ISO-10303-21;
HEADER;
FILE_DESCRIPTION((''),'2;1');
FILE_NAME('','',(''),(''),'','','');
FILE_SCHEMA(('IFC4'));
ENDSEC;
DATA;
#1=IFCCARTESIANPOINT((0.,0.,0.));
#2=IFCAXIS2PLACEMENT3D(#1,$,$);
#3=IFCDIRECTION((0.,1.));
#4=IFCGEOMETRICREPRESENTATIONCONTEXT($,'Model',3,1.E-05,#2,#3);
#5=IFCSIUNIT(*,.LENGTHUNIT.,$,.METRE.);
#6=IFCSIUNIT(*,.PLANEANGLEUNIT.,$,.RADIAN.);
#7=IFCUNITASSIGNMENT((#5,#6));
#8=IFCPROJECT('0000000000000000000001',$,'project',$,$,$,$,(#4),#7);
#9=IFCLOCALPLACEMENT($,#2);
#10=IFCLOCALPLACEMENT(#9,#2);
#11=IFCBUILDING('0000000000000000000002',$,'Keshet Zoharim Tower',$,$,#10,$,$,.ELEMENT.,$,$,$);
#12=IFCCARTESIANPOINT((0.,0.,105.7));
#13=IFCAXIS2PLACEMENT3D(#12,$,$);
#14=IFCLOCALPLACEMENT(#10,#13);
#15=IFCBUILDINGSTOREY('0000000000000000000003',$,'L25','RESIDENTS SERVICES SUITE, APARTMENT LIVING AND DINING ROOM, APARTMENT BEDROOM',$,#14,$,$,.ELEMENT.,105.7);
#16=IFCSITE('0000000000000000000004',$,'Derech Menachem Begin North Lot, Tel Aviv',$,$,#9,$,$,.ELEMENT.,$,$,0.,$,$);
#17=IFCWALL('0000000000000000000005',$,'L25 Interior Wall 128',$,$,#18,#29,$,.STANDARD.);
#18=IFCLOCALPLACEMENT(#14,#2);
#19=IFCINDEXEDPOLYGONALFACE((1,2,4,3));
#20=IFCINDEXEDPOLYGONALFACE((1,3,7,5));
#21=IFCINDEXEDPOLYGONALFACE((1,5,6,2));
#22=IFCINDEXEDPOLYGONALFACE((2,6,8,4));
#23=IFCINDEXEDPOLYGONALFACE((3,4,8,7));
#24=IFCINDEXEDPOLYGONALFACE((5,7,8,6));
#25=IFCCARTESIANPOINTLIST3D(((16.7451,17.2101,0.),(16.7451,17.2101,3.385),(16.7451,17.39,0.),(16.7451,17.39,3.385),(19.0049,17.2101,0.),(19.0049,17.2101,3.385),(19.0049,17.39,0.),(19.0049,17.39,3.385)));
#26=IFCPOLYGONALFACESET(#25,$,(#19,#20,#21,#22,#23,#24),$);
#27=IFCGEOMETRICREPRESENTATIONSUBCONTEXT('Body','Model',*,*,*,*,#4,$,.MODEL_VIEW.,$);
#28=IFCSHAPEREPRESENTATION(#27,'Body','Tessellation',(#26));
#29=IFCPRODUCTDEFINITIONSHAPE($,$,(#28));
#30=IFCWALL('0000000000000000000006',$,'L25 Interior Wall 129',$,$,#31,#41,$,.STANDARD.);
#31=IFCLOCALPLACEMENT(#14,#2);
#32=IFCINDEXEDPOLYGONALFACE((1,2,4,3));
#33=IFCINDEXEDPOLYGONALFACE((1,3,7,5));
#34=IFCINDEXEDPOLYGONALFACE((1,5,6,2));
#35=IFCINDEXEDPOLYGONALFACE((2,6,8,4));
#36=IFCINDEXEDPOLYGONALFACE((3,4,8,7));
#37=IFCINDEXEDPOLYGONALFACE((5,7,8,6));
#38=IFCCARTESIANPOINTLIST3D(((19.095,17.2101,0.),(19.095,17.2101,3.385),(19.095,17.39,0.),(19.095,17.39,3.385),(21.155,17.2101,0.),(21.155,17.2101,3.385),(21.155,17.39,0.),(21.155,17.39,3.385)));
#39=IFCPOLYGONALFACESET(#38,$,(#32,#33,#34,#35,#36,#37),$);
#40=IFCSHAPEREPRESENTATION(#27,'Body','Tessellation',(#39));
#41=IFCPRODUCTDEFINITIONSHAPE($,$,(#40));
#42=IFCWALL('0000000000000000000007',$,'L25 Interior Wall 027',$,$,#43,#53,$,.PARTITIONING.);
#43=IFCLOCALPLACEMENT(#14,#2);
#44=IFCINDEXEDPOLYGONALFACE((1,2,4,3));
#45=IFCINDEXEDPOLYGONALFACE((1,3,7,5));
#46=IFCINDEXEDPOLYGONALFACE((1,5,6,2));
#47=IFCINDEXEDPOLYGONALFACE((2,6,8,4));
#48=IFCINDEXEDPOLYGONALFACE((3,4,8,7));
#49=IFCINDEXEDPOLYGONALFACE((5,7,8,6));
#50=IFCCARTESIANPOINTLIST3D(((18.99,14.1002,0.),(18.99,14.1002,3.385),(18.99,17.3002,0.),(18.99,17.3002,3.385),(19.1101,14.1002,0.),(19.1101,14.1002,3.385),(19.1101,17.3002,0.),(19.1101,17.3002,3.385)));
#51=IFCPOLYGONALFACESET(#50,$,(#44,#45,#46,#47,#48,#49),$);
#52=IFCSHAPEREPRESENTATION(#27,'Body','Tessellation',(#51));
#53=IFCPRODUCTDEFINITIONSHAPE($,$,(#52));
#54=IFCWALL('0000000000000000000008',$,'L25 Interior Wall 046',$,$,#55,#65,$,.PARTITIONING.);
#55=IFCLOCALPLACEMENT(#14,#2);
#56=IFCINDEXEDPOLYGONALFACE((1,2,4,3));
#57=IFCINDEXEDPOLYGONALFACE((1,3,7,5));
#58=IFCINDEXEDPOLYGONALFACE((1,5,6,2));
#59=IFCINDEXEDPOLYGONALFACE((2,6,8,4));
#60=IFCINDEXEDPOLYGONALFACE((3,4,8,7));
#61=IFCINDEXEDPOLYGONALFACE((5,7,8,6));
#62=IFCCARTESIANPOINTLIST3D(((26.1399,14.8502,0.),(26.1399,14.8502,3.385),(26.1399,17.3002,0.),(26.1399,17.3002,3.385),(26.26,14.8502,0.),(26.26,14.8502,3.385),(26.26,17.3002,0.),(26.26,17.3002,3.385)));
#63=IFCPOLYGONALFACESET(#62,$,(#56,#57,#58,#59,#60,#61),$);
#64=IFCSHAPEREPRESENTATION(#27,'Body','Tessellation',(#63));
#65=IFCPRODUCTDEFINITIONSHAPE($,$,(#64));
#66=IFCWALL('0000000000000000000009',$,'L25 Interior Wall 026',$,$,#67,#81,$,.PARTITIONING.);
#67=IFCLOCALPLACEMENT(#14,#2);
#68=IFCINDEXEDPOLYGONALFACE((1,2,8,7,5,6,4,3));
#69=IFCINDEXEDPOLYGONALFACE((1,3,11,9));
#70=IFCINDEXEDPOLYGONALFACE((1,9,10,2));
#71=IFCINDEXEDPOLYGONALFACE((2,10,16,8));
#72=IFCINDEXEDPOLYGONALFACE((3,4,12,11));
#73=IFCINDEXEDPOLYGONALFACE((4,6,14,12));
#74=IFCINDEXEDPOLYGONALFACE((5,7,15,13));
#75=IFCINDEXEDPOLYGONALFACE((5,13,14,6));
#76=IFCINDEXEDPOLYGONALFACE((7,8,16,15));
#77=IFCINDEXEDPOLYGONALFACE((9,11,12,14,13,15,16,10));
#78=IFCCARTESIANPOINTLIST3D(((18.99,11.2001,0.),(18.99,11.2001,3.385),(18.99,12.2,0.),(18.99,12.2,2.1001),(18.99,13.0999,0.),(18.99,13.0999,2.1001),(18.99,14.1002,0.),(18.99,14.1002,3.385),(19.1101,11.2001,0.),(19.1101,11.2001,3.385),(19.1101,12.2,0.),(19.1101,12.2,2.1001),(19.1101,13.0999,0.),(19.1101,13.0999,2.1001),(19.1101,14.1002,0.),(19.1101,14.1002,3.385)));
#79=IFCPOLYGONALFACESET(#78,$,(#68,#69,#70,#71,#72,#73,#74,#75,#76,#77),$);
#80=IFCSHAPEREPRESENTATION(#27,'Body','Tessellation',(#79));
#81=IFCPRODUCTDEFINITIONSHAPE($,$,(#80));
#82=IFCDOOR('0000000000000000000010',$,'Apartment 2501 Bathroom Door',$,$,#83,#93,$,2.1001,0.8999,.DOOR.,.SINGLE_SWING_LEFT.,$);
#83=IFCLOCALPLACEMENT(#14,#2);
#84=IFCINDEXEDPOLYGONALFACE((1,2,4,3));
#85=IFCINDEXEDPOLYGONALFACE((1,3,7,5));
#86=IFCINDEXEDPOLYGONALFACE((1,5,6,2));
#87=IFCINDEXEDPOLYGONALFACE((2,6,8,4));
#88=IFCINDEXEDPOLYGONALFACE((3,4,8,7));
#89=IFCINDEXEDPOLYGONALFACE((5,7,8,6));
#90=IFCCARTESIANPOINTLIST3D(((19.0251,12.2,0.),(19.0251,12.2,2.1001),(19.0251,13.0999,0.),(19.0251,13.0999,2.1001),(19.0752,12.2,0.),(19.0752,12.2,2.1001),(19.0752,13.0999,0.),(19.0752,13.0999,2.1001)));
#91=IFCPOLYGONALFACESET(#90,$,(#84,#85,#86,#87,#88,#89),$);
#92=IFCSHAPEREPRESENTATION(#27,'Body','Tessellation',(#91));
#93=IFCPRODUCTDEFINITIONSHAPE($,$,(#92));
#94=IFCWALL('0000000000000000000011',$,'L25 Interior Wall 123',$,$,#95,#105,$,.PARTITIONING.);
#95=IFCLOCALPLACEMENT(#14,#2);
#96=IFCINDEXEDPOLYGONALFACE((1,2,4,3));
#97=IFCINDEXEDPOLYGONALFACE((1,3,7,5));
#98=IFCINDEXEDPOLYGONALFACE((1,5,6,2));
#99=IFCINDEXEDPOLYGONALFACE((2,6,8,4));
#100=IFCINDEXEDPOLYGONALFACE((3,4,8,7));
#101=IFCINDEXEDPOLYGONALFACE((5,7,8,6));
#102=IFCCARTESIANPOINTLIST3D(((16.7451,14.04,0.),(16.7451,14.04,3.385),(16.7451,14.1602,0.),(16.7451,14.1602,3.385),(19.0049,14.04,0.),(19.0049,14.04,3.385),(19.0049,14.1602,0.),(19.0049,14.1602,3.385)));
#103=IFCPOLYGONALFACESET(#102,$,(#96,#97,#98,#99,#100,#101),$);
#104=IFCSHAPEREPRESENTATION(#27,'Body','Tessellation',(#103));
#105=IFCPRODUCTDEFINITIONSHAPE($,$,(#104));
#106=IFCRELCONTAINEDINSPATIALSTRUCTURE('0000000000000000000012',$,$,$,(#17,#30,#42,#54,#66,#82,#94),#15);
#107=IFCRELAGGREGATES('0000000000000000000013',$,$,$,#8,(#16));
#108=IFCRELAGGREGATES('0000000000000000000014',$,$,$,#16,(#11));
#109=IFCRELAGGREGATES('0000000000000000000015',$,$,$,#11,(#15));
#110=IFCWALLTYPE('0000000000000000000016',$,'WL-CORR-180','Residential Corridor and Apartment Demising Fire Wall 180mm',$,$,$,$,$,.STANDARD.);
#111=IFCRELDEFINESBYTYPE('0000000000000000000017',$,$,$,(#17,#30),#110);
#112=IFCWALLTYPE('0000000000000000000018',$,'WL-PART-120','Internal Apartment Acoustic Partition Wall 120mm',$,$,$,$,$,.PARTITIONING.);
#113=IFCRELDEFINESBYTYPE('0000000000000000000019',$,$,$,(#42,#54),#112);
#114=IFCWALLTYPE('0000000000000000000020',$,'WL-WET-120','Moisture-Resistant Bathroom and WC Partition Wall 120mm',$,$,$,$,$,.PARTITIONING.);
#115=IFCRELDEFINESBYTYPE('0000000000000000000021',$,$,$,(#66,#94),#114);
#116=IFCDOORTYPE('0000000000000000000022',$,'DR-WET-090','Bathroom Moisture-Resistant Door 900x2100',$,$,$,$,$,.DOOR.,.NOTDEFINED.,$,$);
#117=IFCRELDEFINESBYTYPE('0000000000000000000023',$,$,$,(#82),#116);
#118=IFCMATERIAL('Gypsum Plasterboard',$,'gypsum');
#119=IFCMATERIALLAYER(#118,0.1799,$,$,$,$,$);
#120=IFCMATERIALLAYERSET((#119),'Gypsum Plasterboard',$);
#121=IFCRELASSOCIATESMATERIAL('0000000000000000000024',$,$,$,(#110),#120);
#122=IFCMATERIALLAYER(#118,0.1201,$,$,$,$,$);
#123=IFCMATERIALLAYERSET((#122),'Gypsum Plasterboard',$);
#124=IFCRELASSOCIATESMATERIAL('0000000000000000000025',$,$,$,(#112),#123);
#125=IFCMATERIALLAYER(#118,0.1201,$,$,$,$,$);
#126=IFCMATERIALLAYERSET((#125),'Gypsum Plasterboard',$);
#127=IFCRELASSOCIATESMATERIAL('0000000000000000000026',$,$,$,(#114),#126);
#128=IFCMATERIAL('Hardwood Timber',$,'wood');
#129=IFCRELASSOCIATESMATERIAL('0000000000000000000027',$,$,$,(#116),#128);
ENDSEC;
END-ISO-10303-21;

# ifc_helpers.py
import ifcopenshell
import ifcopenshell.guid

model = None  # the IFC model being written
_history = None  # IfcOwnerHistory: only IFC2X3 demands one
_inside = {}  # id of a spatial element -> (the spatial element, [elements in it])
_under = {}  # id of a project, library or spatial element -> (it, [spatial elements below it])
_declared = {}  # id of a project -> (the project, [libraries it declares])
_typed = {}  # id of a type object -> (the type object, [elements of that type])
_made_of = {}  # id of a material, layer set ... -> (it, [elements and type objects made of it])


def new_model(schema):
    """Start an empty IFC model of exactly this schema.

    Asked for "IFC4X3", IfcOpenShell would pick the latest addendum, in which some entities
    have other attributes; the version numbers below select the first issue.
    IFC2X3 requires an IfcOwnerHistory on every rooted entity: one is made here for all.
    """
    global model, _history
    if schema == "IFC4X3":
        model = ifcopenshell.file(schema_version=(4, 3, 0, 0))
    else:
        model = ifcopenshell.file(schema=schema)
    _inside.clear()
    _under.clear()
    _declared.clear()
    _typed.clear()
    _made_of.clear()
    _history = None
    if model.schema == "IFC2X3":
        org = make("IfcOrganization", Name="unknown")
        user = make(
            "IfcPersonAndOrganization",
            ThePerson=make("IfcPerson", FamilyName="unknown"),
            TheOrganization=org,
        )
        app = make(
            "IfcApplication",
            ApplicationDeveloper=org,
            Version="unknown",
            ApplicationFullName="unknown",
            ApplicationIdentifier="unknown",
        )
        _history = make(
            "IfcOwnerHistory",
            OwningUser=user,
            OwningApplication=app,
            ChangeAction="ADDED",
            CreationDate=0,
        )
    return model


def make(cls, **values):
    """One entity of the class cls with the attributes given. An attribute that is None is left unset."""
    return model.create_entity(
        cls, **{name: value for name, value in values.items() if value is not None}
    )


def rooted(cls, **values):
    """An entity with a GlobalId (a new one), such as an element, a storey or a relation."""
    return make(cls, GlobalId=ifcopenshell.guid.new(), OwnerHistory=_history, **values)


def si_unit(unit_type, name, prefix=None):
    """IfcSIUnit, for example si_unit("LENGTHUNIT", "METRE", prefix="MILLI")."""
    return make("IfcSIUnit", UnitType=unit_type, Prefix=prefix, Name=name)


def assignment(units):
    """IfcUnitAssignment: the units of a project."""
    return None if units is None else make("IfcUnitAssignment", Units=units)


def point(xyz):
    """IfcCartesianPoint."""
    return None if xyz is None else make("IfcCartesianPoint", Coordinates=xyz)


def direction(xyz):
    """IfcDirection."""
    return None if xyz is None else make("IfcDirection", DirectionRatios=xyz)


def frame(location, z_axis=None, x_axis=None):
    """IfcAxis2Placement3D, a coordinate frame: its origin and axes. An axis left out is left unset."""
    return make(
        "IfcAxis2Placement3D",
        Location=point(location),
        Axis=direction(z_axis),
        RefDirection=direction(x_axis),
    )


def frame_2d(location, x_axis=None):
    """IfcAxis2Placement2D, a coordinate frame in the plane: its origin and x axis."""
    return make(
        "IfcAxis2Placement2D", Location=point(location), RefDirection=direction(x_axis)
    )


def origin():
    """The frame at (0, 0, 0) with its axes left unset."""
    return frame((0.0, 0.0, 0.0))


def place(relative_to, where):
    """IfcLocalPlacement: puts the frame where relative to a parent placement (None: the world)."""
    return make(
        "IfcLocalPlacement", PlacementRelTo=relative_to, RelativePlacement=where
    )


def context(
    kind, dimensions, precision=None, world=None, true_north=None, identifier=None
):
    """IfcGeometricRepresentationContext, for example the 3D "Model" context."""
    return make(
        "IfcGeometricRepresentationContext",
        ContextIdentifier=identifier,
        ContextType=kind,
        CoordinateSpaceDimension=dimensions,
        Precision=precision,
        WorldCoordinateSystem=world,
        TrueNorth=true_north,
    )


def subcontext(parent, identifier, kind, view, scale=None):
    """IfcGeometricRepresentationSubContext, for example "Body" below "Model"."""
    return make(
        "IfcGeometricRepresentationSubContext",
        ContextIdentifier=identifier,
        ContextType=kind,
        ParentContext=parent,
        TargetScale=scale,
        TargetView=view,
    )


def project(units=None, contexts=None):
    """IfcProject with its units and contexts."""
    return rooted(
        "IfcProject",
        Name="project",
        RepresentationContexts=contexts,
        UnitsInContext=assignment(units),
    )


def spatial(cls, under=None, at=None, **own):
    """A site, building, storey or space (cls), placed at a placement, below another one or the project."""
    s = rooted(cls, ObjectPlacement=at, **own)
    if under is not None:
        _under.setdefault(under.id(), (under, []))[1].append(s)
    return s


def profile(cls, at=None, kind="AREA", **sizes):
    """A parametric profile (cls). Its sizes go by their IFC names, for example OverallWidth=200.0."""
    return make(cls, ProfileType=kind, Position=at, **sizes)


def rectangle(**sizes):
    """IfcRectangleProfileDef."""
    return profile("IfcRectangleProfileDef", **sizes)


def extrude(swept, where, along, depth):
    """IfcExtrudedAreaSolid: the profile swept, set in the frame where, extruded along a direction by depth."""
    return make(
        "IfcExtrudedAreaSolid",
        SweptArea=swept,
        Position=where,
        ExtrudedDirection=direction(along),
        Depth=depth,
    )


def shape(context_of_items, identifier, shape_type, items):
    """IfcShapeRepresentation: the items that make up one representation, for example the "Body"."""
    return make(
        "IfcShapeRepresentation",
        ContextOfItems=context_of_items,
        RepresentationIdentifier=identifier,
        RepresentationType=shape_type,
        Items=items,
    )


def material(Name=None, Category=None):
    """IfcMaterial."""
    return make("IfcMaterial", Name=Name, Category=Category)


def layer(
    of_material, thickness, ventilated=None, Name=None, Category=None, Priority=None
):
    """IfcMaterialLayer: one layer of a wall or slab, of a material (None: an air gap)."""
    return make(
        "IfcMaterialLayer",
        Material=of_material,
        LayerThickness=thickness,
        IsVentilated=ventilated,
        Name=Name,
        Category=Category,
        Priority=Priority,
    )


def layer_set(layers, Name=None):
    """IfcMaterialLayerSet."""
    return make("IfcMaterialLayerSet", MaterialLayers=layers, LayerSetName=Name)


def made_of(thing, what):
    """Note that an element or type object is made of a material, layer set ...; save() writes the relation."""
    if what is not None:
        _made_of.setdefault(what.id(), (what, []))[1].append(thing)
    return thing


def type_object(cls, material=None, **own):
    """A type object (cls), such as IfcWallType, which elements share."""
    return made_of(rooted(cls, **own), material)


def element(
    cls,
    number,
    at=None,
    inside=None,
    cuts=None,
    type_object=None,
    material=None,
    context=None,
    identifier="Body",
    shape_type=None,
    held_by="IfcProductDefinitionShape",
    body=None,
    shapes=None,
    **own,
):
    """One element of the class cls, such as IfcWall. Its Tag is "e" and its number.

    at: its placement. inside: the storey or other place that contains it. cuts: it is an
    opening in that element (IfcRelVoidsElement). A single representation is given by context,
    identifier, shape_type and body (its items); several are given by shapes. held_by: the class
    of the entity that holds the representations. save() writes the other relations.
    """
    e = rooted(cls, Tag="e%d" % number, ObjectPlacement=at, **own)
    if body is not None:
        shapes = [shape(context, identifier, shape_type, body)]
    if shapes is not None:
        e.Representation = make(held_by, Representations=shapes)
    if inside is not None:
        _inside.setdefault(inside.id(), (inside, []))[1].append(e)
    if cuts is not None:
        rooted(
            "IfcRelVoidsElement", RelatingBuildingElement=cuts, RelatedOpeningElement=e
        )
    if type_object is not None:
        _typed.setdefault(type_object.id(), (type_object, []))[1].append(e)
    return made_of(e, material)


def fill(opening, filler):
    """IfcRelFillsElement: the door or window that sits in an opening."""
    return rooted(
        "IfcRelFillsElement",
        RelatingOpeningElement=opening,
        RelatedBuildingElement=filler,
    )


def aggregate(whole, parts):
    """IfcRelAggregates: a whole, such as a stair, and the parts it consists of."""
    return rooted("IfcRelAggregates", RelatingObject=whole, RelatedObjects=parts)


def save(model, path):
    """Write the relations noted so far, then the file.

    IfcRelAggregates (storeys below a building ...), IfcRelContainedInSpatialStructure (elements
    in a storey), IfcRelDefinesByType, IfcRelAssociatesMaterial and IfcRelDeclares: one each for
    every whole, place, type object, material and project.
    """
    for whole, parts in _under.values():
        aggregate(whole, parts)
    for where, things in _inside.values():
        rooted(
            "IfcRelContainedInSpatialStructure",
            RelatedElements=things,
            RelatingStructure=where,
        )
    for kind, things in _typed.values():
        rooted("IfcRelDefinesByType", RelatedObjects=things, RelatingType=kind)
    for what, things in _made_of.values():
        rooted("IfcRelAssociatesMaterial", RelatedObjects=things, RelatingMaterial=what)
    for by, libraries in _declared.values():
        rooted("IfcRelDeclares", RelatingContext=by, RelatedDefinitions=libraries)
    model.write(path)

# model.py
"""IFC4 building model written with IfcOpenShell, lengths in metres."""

from ifc_helpers import new_model, si_unit, direction, frame, frame_2d, origin, place, context, subcontext, project, spatial, rectangle, extrude, material, layer, layer_set, type_object, element, fill, save


model = new_model("IFC4")

# Units and contexts
model_context = context("Model", 3, precision=1e-05, world=origin(), true_north=direction((0.0, 1.0)))
body_context = subcontext(model_context, "Body", "Model", "MODEL_VIEW")
ifc_project = project(units=[si_unit("LENGTHUNIT", "METRE"), si_unit("PLANEANGLEUNIT", "RADIAN")], contexts=[model_context])

# Site, building, storey
site_placement = place(None, origin())
site = spatial("IfcSite", under=ifc_project, at=site_placement, Name="Derech Menachem Begin North Lot, Tel Aviv", CompositionType="ELEMENT", RefElevation=0.0)
building_placement = place(site_placement, origin())
building = spatial("IfcBuilding", under=site, at=building_placement, Name="Keshet Zoharim Tower", CompositionType="ELEMENT")
storey_placement = place(building_placement, frame((0.0, 0.0, 105.7)))
storey = spatial("IfcBuildingStorey", under=building, at=storey_placement, Name="L25", Description="RESIDENTS SERVICES SUITE, APARTMENT LIVING AND DINING ROOM, APARTMENT BEDROOM", CompositionType="ELEMENT", Elevation=105.7)

# Shared definitions
ifc_material_1 = material(Name="Gypsum Plasterboard", Category="gypsum")
ifc_material_2 = material(Name="Hardwood Timber", Category="wood")

# Walls
ifc_layer_1 = layer(ifc_material_1, 0.1799)
ifc_layer_set_1 = layer_set([ifc_layer_1], Name="Gypsum Plasterboard")
wall_type_1 = type_object("IfcWallType", Name="WL-CORR-180", Description="Residential Corridor and Apartment Demising Fire Wall 180mm", PredefinedType="STANDARD", material=ifc_layer_set_1)
wall_1_placement = place(storey_placement, frame((16.7451, 17.3, 0.0), z_axis=(0.0, 0.0, 1.0), x_axis=(1.0, 0.0, 0.0)))
element("IfcWall", 1, at=wall_1_placement, inside=storey, type_object=wall_type_1, Name="L25 Interior Wall 128", PredefinedType="STANDARD", context=body_context, shape_type="SweptSolid", body=[
    extrude(rectangle(XDim=2.2598, YDim=0.1799, at=frame_2d((1.1299, 0.0))), origin(), (0.0, 0.0, 1.0), 3.385),
])
wall_2_placement = place(storey_placement, frame((19.095, 17.3, 0.0), z_axis=(0.0, 0.0, 1.0), x_axis=(1.0, 0.0, 0.0)))
element("IfcWall", 2, at=wall_2_placement, inside=storey, type_object=wall_type_1, Name="L25 Interior Wall 129", PredefinedType="STANDARD", context=body_context, shape_type="SweptSolid", body=[
    extrude(rectangle(XDim=2.0601, YDim=0.1799, at=frame_2d((1.03, 0.0))), origin(), (0.0, 0.0, 1.0), 3.385),
])

# Walls
ifc_layer_2 = layer(ifc_material_1, 0.1201)
ifc_layer_set_2 = layer_set([ifc_layer_2], Name="Gypsum Plasterboard")
wall_type_2 = type_object("IfcWallType", Name="WL-PART-120", Description="Internal Apartment Acoustic Partition Wall 120mm", PredefinedType="PARTITIONING", material=ifc_layer_set_2)
wall_3_placement = place(storey_placement, frame((19.05, 14.1001, 0.0), z_axis=(0.0, 0.0, 1.0), x_axis=(0.0, 1.0, 0.0)))
element("IfcWall", 3, at=wall_3_placement, inside=storey, type_object=wall_type_2, Name="L25 Interior Wall 027", PredefinedType="PARTITIONING", context=body_context, shape_type="SweptSolid", body=[
    extrude(rectangle(XDim=3.2, YDim=0.1201, at=frame_2d((1.6001, 0.0))), origin(), (0.0, 0.0, 1.0), 3.385),
])
wall_4_placement = place(storey_placement, frame((26.2, 14.8501, 0.0), z_axis=(0.0, 0.0, 1.0), x_axis=(0.0, 1.0, 0.0)))
element("IfcWall", 4, at=wall_4_placement, inside=storey, type_object=wall_type_2, Name="L25 Interior Wall 046", PredefinedType="PARTITIONING", context=body_context, shape_type="SweptSolid", body=[
    extrude(rectangle(XDim=2.45, YDim=0.1201, at=frame_2d((1.2251, 0.0))), origin(), (0.0, 0.0, 1.0), 3.385),
])

# Wall, opening, door
ifc_layer_3 = layer(ifc_material_1, 0.1201)
ifc_layer_set_3 = layer_set([ifc_layer_3], Name="Gypsum Plasterboard")
wall_type_3 = type_object("IfcWallType", Name="WL-WET-120", Description="Moisture-Resistant Bathroom and WC Partition Wall 120mm", PredefinedType="PARTITIONING", material=ifc_layer_set_3)
wall_5_placement = place(storey_placement, frame((19.05, 11.2, 0.0), z_axis=(0.0, 0.0, 1.0), x_axis=(0.0, 1.0, 0.0)))
wall_5 = element("IfcWall", 5, at=wall_5_placement, inside=storey, type_object=wall_type_3, Name="L25 Interior Wall 026", PredefinedType="PARTITIONING", context=body_context, shape_type="SweptSolid", body=[
    extrude(rectangle(XDim=2.9001, YDim=0.1201, at=frame_2d((1.4502, 0.0))), origin(), (0.0, 0.0, 1.0), 3.385),
])
opening_1_placement = place(wall_5_placement, frame((1.0, 0.0, 0.0)))
opening_1 = element("IfcOpeningElement", 6, at=opening_1_placement, cuts=wall_5, PredefinedType="OPENING", context=body_context, shape_type="SweptSolid", body=[
    extrude(rectangle(XDim=0.8999, YDim=2.1001, at=frame_2d((0.45, 1.05))), frame((0.0, 0.0701, 0.0), z_axis=(0.0, -1.0, 0.0), x_axis=(1.0, 0.0, 0.0)), (0.0, 0.0, 1.0), 0.1401),
])
door_type_1 = type_object("IfcDoorType", Name="DR-WET-090", Description="Bathroom Moisture-Resistant Door 900x2100", OperationType="NOTDEFINED", PredefinedType="DOOR", material=ifc_material_2)
door_1_placement = place(opening_1_placement, origin())
door_1 = element("IfcDoor", 7, at=door_1_placement, inside=storey, type_object=door_type_1, Name="Apartment 2501 Bathroom Door", OperationType="SINGLE_SWING_LEFT", OverallHeight=2.1001, OverallWidth=0.8999, PredefinedType="DOOR", context=body_context, shape_type="SweptSolid", body=[
    extrude(rectangle(XDim=0.8999, YDim=2.1001, at=frame_2d((0.45, 1.05))), frame((0.0, 0.0249, 0.0), z_axis=(0.0, -1.0, 0.0), x_axis=(1.0, 0.0, 0.0)), (0.0, 0.0, 1.0), 0.05),
])
fill(opening_1, door_1)

# Wall
wall_6_placement = place(storey_placement, frame((16.7451, 14.1001, 0.0), z_axis=(0.0, 0.0, 1.0), x_axis=(1.0, 0.0, 0.0)))
element("IfcWall", 8, at=wall_6_placement, inside=storey, type_object=wall_type_3, Name="L25 Interior Wall 123", PredefinedType="PARTITIONING", context=body_context, shape_type="SweptSolid", body=[
    extrude(rectangle(XDim=2.2598, YDim=0.1201, at=frame_2d((1.1299, 0.0))), origin(), (0.0, 0.0, 1.0), 3.385),
])

save(model, "model.ifc")
